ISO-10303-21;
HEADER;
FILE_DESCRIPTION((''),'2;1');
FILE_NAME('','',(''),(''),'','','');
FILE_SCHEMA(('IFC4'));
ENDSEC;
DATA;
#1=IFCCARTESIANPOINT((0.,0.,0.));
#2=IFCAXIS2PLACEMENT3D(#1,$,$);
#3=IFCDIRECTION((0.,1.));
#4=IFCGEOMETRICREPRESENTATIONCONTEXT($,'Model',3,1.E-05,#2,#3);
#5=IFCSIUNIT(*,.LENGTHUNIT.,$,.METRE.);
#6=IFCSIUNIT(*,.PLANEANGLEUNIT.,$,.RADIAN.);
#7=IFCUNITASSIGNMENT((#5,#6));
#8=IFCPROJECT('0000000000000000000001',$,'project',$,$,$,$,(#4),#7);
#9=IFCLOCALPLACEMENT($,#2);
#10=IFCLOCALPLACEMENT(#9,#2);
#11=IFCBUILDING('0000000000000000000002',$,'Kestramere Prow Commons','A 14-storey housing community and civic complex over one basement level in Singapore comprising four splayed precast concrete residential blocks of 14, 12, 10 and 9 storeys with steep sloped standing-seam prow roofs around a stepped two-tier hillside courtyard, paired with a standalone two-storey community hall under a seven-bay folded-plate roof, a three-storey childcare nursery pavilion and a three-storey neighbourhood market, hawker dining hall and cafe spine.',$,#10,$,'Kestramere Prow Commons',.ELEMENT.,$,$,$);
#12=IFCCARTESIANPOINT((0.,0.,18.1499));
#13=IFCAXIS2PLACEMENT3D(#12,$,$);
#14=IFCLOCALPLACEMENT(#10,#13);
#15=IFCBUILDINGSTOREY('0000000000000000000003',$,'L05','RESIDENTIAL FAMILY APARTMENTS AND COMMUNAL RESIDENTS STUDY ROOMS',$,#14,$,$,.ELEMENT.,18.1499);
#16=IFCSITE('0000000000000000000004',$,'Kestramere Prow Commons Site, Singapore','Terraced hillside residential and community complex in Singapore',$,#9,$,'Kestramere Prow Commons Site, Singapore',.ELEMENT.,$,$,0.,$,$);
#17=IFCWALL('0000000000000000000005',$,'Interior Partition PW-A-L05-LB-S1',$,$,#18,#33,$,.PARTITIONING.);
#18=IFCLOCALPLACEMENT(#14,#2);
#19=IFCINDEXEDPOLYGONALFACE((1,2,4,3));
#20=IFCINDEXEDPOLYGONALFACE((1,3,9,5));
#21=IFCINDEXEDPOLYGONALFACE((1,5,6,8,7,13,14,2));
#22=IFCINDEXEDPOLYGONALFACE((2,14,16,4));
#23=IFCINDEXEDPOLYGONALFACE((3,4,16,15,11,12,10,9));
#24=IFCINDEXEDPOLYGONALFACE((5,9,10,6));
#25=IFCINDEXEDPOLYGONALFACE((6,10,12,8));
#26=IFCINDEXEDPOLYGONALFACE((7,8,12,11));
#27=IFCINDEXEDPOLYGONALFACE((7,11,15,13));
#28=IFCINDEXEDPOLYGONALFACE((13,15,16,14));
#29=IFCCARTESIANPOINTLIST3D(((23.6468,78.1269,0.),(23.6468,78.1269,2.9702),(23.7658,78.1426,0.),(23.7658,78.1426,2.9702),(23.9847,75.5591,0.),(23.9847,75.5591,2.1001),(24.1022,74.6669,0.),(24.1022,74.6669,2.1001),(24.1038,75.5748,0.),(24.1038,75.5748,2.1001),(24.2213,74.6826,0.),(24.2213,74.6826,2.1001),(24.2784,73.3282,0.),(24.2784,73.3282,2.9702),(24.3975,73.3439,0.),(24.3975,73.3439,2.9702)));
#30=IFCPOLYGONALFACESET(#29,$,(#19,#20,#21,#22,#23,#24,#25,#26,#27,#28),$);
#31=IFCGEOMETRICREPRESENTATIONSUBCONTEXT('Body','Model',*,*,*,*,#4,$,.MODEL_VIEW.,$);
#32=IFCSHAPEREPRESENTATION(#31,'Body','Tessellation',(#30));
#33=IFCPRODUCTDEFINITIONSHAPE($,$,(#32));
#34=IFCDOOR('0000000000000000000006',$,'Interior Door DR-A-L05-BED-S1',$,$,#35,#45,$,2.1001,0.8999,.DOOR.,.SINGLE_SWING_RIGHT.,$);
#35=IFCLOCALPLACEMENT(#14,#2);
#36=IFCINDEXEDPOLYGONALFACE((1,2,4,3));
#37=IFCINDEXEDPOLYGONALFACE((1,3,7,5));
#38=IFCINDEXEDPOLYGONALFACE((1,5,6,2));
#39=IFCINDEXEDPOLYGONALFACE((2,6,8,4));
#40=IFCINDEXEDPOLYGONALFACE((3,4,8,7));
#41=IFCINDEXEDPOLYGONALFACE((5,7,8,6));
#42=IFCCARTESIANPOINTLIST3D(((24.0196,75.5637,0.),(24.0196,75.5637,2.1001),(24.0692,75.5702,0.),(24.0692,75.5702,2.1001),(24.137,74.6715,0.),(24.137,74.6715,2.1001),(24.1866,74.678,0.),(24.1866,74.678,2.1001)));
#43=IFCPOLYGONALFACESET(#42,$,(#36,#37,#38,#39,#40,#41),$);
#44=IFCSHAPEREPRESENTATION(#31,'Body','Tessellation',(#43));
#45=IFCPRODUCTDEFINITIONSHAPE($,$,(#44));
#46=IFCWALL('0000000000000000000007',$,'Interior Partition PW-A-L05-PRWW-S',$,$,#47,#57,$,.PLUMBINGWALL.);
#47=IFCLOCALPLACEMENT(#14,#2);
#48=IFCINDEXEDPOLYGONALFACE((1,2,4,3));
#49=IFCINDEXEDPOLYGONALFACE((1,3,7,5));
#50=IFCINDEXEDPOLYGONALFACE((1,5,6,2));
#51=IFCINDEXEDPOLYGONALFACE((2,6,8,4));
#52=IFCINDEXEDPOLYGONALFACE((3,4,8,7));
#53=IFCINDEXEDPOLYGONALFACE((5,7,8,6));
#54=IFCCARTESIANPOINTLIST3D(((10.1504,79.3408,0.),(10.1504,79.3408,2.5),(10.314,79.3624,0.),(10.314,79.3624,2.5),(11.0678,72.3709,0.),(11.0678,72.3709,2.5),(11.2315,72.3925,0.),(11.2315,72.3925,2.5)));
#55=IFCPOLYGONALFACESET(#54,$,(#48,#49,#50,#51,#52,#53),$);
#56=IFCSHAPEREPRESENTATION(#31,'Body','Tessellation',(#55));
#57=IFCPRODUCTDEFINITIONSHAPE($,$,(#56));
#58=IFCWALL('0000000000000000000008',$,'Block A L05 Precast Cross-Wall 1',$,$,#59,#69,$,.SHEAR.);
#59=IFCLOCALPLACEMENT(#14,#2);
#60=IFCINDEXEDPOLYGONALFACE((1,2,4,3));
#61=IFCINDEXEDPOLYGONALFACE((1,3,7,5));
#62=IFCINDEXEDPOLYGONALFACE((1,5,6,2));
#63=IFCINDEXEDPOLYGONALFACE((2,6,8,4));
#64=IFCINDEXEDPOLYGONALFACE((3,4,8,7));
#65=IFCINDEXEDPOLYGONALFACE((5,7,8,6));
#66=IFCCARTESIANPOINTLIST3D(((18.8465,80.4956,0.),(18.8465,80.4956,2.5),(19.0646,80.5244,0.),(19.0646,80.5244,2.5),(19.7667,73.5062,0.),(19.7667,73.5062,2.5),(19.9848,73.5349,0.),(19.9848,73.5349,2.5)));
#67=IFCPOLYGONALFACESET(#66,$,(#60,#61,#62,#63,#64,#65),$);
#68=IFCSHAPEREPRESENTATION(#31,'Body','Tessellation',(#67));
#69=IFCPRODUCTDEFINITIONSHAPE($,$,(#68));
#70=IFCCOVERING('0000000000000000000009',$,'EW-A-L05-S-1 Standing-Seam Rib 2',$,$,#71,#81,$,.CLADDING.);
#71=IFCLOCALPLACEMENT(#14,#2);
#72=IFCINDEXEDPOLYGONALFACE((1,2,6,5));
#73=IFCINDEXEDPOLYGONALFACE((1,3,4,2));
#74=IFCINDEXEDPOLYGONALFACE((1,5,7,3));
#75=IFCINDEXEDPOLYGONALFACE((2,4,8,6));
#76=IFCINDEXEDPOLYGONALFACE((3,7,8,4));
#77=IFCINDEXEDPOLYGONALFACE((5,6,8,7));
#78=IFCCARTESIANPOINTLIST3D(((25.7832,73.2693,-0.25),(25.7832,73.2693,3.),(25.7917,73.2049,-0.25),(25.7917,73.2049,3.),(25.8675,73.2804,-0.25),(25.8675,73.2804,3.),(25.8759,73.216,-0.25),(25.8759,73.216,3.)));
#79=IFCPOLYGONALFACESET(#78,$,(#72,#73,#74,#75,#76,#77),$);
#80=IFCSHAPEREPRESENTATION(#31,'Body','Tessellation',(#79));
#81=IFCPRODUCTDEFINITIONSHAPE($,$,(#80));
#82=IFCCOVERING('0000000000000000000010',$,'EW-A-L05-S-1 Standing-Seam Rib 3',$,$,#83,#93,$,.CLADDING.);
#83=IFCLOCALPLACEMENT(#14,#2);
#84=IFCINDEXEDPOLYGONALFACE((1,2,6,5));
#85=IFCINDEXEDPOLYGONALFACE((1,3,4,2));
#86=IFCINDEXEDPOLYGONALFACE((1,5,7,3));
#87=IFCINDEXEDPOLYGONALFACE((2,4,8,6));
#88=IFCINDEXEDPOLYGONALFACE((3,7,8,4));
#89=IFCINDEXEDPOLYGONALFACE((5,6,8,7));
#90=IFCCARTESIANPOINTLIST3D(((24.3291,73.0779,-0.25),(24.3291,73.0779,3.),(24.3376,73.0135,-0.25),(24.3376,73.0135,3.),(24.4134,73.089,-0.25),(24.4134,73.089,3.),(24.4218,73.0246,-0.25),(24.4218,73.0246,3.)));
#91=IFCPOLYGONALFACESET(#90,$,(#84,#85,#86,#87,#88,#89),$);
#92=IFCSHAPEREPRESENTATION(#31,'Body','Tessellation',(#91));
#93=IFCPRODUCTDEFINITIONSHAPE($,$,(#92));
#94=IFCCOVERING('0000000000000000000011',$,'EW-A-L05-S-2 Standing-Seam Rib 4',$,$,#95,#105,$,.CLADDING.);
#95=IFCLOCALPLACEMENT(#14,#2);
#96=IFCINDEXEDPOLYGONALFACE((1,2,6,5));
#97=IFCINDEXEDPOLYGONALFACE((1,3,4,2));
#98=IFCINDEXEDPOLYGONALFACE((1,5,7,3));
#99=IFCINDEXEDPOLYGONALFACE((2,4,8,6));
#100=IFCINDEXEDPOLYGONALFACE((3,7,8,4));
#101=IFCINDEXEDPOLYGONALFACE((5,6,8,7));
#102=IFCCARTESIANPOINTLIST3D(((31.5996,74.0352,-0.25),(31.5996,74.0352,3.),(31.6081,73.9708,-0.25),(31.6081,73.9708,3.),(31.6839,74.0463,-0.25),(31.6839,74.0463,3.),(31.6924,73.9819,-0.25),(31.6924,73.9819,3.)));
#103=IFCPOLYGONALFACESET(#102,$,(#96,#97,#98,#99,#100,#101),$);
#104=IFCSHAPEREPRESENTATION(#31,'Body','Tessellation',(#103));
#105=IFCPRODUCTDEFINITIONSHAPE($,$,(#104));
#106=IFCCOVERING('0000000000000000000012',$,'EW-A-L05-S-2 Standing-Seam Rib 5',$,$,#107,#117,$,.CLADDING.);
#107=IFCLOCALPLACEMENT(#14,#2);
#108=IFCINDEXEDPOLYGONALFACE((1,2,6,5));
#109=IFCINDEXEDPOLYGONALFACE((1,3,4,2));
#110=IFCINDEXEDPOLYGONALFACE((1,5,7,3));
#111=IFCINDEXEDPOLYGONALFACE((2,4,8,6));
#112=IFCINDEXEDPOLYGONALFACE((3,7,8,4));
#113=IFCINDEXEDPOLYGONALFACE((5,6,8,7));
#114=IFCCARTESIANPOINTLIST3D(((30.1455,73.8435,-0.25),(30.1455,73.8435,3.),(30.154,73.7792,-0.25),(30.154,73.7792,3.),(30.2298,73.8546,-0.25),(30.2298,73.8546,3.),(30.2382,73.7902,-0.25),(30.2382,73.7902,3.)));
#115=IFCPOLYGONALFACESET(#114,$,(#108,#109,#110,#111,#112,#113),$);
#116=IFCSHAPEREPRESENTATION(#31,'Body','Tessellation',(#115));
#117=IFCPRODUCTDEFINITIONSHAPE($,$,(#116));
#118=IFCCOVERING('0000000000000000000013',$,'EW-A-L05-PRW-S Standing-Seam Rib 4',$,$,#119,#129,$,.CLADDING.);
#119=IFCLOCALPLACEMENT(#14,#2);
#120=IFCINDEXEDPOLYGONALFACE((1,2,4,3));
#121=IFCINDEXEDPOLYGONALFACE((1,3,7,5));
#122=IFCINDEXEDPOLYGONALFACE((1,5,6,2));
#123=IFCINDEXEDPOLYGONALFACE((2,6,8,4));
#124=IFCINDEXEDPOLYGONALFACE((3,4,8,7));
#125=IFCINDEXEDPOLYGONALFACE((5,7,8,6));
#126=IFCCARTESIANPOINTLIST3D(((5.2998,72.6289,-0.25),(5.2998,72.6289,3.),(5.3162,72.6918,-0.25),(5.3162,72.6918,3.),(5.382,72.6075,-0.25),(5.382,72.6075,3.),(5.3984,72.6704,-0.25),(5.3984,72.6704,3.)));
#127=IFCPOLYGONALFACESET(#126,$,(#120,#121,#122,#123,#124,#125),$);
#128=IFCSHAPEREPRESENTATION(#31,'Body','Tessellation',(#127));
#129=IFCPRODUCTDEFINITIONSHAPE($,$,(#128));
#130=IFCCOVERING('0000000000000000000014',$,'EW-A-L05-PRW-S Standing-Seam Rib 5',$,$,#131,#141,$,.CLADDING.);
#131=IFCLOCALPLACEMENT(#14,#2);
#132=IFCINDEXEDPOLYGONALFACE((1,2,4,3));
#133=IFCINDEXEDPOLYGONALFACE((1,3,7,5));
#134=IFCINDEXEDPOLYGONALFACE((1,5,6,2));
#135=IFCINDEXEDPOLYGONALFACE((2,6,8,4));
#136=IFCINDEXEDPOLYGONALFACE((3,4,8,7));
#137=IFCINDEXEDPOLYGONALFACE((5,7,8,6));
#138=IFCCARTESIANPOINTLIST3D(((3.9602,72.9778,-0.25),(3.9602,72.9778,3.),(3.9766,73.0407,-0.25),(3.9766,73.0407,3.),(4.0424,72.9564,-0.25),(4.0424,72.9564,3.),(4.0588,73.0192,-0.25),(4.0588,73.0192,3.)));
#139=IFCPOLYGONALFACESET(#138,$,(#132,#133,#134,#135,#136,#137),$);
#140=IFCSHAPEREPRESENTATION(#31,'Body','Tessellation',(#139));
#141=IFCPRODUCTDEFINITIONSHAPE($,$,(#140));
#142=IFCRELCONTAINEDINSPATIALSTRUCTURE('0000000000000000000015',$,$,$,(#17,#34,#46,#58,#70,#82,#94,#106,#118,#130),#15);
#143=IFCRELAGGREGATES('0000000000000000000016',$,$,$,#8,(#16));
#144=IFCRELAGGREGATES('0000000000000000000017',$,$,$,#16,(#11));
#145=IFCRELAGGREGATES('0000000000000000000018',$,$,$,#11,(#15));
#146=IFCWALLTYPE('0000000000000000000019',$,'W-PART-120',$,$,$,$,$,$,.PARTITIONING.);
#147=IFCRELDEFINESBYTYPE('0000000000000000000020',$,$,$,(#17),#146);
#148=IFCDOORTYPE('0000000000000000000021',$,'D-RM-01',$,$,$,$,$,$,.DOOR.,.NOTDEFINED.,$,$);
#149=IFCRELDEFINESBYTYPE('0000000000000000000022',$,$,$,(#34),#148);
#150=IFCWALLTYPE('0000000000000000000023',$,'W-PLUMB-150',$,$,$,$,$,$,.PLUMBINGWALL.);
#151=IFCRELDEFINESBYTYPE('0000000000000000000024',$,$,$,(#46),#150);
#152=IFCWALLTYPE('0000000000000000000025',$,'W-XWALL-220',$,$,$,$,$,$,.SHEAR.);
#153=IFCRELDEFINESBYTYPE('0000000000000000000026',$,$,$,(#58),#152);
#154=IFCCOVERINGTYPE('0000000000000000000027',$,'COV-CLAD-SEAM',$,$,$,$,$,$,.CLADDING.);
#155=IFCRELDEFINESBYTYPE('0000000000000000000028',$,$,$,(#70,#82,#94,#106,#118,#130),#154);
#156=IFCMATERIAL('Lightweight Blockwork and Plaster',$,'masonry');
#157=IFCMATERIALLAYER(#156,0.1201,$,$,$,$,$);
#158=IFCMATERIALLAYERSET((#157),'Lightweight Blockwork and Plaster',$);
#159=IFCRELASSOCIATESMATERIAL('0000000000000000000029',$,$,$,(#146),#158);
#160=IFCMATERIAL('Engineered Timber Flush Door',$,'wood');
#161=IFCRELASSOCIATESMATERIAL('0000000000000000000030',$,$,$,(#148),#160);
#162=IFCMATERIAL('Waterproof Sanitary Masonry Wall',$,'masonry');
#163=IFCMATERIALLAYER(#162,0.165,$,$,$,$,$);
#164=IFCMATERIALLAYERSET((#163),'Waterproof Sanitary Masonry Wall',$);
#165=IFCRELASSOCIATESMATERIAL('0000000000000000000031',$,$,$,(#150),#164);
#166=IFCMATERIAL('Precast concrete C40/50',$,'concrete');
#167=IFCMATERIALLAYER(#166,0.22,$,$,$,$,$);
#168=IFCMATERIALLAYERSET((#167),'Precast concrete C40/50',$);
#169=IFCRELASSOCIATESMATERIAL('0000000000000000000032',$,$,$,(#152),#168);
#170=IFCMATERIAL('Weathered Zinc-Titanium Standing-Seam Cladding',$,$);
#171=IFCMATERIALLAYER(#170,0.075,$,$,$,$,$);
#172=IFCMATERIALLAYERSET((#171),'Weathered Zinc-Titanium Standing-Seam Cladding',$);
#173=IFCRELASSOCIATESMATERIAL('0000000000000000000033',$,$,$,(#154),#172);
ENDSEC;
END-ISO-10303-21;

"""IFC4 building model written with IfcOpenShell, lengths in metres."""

from ifc_helpers import new_model, si_unit, direction, frame, frame_2d, origin, origin_2d, place, context, subcontext, project, spatial, rectangle, extrude, material, layer, layer_set, type_object, element, fill, save


model = new_model("IFC4")

# Units and contexts
model_context = context("Model", 3, precision=1e-05, world=origin(), true_north=direction((0.0, 1.0)))
body_context = subcontext(model_context, "Body", "Model", "MODEL_VIEW")
ifc_project = project(units=[si_unit("LENGTHUNIT", "METRE"), si_unit("PLANEANGLEUNIT", "RADIAN")], contexts=[model_context])

# Site, building, storey
site_placement = place(None, origin())
site = spatial("IfcSite", under=ifc_project, at=site_placement, Name="Kestramere Prow Commons Site, Singapore", Description="Terraced hillside residential and community complex in Singapore", LongName="Kestramere Prow Commons Site, Singapore", CompositionType="ELEMENT", RefElevation=0.0)
building_placement = place(site_placement, origin())
building = spatial("IfcBuilding", under=site, at=building_placement, Name="Kestramere Prow Commons", Description="A 14-storey housing community and civic complex over one basement level in Singapore comprising four splayed precast concrete residential blocks of 14, 12, 10 and 9 storeys with steep sloped standing-seam prow roofs around a stepped two-tier hillside courtyard, paired with a standalone two-storey community hall under a seven-bay folded-plate roof, a three-storey childcare nursery pavilion and a three-storey neighbourhood market, hawker dining hall and cafe spine.", LongName="Kestramere Prow Commons", CompositionType="ELEMENT")
storey_placement = place(building_placement, frame((0.0, 0.0, 18.1499)))
storey = spatial("IfcBuildingStorey", under=building, at=storey_placement, Name="L05", Description="RESIDENTIAL FAMILY APARTMENTS AND COMMUNAL RESIDENTS STUDY ROOMS", CompositionType="ELEMENT", Elevation=18.1499)

# Shared definitions
ifc_material_1 = material(Name="Precast concrete C40/50", Category="concrete")

# Shared definitions
ifc_material_2 = material(Name="Weathered Zinc-Titanium Standing-Seam Cladding")

# Wall, opening, door
ifc_material_3 = material(Name="Lightweight Blockwork and Plaster", Category="masonry")
ifc_layer_1 = layer(ifc_material_3, 0.1201)
ifc_layer_set_1 = layer_set([ifc_layer_1], Name="Lightweight Blockwork and Plaster")
wall_type_1 = type_object("IfcWallType", Name="W-PART-120", PredefinedType="PARTITIONING", material=ifc_layer_set_1)
wall_1_placement = place(storey_placement, frame((24.3379, 73.3362, 0.0), z_axis=(0.0, 0.0, 1.0), x_axis=(-0.130495, 0.991449, 0.0)))
wall_1 = element("IfcWall", 1, at=wall_1_placement, inside=storey, type_object=wall_type_1, Name="Interior Partition PW-A-L05-LB-S1", PredefinedType="PARTITIONING", context=body_context, shape_type="SweptSolid", body=[
    extrude(rectangle(XDim=4.8401, YDim=0.1201, at=frame_2d((2.4199, 0.0))), origin(), (0.0, 0.0, 1.0), 2.9702),
])
opening_1_placement = place(wall_1_placement, frame((1.3501, 0.0, 0.0)))
opening_1 = element("IfcOpeningElement", 2, at=opening_1_placement, cuts=wall_1, PredefinedType="OPENING", context=body_context, shape_type="SweptSolid", body=[
    extrude(rectangle(XDim=0.8999, YDim=2.1001, at=frame_2d((0.45, 1.05))), frame((0.0, 0.075, 0.0), z_axis=(0.0, -1.0, 0.0), x_axis=(1.0, 0.0, 0.0)), (0.0, 0.0, 1.0), 0.1501),
])
ifc_material_4 = material(Name="Engineered Timber Flush Door", Category="wood")
door_type_1 = type_object("IfcDoorType", Name="D-RM-01", OperationType="NOTDEFINED", PredefinedType="DOOR", material=ifc_material_4)
door_1_placement = place(opening_1_placement, origin())
door_1 = element("IfcDoor", 3, at=door_1_placement, inside=storey, type_object=door_type_1, Name="Interior Door DR-A-L05-BED-S1", OperationType="SINGLE_SWING_RIGHT", OverallHeight=2.1001, OverallWidth=0.8999, PredefinedType="DOOR", context=body_context, shape_type="SweptSolid", body=[
    extrude(rectangle(XDim=0.8999, YDim=2.1001, at=frame_2d((0.45, 1.05))), frame((0.0, 0.0249, 0.0), z_axis=(0.0, -1.0, 0.0), x_axis=(1.0, 0.0, 0.0)), (0.0, 0.0, 1.0), 0.05),
])
fill(opening_1, door_1)

# Walls
ifc_material_5 = material(Name="Waterproof Sanitary Masonry Wall", Category="masonry")
ifc_layer_2 = layer(ifc_material_5, 0.165)
ifc_layer_set_2 = layer_set([ifc_layer_2], Name="Waterproof Sanitary Masonry Wall")
wall_type_2 = type_object("IfcWallType", Name="W-PLUMB-150", PredefinedType="PLUMBINGWALL", material=ifc_layer_set_2)
wall_2_placement = place(storey_placement, frame((11.1497, 72.3816, 0.0), z_axis=(0.0, 0.0, 1.0), x_axis=(-0.130508, 0.991447, 0.0)))
element("IfcWall", 4, at=wall_2_placement, inside=storey, type_object=wall_type_2, Name="Interior Partition PW-A-L05-PRWW-S", PredefinedType="PLUMBINGWALL", context=body_context, shape_type="SweptSolid", body=[
    extrude(rectangle(XDim=7.03, YDim=0.165, at=frame_2d((3.5151, 0.0))), origin(), (0.0, 0.0, 1.0), 2.5),
])
ifc_layer_3 = layer(ifc_material_1, 0.22)
ifc_layer_set_3 = layer_set([ifc_layer_3], Name="Precast concrete C40/50")
wall_type_3 = type_object("IfcWallType", Name="W-XWALL-220", PredefinedType="SHEAR", material=ifc_layer_set_3)
wall_3_placement = place(storey_placement, frame((19.8757, 73.5205, 0.0), z_axis=(0.0, 0.0, 1.0), x_axis=(-0.130523, 0.991445, 0.0)))
element("IfcWall", 5, at=wall_3_placement, inside=storey, type_object=wall_type_3, Name="Block A L05 Precast Cross-Wall 1", PredefinedType="SHEAR", context=body_context, shape_type="SweptSolid", body=[
    extrude(rectangle(XDim=7.0498, YDim=0.22, at=frame_2d((3.5249, 0.0))), origin(), (0.0, 0.0, 1.0), 2.5),
])

# Coverings
ifc_layer_4 = layer(ifc_material_2, 0.075)
ifc_layer_set_4 = layer_set([ifc_layer_4], Name="Weathered Zinc-Titanium Standing-Seam Cladding")
covering_type = type_object("IfcCoveringType", Name="COV-CLAD-SEAM", PredefinedType="CLADDING", material=ifc_layer_set_4)
for number, where, z_axis, x_axis, name in (
    (6, (25.8296, 73.2427, -0.25), (0.0, 0.0, 1.0), (-0.991445, -0.130526, 0.0), "EW-A-L05-S-1 Standing-Seam Rib 2"),
    (7, (24.3755, 73.0513, -0.25), (0.0, 0.0, 1.0), (-0.991445, -0.130526, 0.0), "EW-A-L05-S-1 Standing-Seam Rib 3"),
    (8, (31.646, 74.0085, -0.25), (0.0, 0.0, 1.0), (-0.991445, -0.130526, 0.0), "EW-A-L05-S-2 Standing-Seam Rib 4"),
    (9, (30.1919, 73.8169, -0.25), (0.0, 0.0, 1.0), (-0.991445, -0.130526, 0.0), "EW-A-L05-S-2 Standing-Seam Rib 5"),
    (10, (5.3491, 72.6497, -0.25), (0.0, 0.0, 1.0), (-0.967698, 0.252112, 0.0), "EW-A-L05-PRW-S Standing-Seam Rib 4"),
    (11, (4.0095, 72.9985, -0.25), (0.0, 0.0, 1.0), (-0.967698, 0.252112, 0.0), "EW-A-L05-PRW-S Standing-Seam Rib 5"),
):
    element("IfcCovering", number, at=place(storey_placement, frame(where, z_axis=z_axis, x_axis=x_axis)), inside=storey, type_object=covering_type, Name=name, PredefinedType="CLADDING", context=body_context, shape_type="SweptSolid", body=[
        extrude(rectangle(XDim=0.085, YDim=0.0649, at=origin_2d()), origin(), (0.0, 0.0, 1.0), 3.25),
    ])

save(model, "model.ifc")
